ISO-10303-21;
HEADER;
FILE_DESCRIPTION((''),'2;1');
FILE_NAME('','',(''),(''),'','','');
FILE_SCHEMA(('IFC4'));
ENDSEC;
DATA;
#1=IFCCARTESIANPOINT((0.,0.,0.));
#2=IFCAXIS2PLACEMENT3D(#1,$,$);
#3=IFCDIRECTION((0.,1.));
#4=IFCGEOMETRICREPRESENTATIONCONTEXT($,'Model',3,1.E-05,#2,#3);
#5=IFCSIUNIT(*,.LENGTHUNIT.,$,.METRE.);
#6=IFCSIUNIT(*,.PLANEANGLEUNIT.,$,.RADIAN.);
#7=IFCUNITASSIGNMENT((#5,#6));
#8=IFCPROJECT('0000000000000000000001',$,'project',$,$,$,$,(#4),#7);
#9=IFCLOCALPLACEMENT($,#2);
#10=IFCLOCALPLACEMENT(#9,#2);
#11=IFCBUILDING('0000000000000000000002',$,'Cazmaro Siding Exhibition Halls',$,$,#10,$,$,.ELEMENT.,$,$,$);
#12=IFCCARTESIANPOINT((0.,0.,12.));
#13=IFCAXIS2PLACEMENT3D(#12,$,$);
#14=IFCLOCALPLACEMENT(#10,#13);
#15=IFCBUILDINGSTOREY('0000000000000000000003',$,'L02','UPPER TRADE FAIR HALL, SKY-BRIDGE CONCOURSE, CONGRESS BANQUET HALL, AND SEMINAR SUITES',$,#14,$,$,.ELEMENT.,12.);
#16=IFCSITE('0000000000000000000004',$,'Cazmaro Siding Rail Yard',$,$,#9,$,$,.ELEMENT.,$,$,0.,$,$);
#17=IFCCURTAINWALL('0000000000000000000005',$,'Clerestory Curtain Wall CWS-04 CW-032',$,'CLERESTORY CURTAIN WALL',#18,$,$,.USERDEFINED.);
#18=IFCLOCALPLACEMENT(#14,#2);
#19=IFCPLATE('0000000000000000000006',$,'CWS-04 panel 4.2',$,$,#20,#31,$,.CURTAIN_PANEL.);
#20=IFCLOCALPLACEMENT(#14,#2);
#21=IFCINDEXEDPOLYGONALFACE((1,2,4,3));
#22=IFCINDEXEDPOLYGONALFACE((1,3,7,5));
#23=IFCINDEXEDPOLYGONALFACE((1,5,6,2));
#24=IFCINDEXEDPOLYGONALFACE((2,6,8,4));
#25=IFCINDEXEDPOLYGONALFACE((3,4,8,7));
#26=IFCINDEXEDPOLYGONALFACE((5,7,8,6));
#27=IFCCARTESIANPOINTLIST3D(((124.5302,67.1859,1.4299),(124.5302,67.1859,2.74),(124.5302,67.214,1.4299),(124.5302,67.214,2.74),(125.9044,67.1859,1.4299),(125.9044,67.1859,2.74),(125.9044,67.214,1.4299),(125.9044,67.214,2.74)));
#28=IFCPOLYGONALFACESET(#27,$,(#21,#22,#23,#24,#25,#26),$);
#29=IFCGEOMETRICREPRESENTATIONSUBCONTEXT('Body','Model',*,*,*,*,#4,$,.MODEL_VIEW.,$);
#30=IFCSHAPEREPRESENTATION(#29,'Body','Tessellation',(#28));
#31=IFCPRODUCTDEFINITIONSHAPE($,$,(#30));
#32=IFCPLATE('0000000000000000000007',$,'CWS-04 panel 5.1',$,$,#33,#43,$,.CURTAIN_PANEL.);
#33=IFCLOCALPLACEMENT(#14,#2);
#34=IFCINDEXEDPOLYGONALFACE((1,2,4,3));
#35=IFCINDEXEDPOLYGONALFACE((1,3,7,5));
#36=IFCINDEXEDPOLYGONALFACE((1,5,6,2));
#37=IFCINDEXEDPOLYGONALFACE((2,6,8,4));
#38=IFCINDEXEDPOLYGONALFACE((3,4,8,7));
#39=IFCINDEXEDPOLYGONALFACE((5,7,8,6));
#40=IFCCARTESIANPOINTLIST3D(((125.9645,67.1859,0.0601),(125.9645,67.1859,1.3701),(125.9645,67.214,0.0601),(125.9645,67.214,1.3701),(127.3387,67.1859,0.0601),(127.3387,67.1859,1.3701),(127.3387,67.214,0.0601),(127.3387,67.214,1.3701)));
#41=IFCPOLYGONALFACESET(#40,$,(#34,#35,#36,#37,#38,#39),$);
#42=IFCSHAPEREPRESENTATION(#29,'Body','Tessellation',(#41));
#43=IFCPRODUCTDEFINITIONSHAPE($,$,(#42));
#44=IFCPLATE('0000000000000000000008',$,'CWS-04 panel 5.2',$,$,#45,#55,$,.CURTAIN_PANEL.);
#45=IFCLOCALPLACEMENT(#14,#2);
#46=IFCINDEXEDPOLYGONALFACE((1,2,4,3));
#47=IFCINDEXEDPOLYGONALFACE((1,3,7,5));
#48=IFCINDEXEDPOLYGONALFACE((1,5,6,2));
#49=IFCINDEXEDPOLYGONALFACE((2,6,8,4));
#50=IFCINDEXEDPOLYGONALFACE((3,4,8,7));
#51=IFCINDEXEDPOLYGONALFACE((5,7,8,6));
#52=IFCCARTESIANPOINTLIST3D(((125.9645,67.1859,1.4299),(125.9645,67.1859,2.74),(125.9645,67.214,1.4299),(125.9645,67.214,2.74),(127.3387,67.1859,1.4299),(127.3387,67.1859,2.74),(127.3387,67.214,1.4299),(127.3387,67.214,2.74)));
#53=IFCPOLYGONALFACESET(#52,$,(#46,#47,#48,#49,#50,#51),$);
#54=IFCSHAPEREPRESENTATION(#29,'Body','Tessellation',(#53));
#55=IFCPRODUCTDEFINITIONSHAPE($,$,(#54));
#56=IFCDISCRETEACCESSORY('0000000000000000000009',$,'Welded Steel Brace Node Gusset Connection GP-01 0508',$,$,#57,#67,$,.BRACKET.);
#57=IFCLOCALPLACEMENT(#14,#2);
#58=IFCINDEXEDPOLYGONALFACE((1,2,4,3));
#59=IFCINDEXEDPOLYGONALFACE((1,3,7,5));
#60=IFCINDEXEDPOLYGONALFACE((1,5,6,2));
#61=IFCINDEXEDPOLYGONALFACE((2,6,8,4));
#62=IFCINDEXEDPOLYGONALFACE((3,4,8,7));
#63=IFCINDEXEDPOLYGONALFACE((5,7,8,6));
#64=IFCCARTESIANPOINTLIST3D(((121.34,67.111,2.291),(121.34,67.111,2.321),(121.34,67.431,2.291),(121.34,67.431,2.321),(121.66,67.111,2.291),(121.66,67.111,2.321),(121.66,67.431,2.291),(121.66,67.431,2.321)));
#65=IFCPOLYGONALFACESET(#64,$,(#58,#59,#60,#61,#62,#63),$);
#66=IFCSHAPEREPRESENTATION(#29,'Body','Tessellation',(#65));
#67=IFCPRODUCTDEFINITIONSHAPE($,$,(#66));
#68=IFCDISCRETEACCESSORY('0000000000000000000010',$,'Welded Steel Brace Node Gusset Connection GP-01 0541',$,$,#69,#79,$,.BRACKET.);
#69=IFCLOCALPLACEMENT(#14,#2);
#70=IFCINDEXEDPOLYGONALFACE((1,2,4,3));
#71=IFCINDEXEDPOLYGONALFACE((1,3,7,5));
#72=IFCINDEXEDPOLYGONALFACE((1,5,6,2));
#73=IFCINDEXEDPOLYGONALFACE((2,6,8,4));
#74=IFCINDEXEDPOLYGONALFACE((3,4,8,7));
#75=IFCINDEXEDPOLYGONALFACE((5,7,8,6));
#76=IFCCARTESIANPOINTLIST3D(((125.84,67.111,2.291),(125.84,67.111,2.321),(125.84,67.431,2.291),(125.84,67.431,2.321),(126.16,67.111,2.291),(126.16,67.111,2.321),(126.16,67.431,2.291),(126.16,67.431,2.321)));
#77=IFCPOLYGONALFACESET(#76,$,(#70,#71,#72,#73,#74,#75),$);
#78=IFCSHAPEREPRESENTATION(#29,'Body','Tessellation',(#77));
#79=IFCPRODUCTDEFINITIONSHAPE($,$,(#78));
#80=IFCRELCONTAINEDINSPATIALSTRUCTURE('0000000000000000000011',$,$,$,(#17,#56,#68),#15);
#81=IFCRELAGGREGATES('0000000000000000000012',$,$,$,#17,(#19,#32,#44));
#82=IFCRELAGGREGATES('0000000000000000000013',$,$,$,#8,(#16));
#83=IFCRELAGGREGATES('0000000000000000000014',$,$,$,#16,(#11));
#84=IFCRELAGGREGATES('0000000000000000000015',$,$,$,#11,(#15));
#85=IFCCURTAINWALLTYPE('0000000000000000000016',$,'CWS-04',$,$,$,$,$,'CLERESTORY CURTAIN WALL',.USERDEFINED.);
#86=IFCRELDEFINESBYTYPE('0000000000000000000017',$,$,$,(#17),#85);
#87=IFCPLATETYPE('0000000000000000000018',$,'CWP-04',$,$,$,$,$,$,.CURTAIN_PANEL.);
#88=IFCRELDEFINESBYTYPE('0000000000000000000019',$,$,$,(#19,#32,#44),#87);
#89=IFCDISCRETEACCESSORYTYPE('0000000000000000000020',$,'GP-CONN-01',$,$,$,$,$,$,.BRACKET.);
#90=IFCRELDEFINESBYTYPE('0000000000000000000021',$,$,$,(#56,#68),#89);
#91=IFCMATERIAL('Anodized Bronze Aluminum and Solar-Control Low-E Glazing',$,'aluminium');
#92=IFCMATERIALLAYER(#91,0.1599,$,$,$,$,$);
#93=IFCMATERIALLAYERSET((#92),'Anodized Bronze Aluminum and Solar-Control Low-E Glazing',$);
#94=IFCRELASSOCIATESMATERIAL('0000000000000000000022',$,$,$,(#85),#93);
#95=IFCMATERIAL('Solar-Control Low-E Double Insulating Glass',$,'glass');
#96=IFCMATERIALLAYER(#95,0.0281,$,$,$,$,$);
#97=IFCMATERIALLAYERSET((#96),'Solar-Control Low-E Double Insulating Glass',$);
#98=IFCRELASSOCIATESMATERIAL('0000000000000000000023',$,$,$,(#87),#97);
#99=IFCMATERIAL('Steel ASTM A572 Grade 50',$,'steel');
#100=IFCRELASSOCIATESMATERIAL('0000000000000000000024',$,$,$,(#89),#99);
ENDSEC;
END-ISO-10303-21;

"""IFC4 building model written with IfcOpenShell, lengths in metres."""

from ifc_helpers import new_model, si_unit, direction, frame, origin, origin_2d, place, context, subcontext, project, spatial, rectangle, extrude, material, layer, layer_set, type_object, element, aggregate, save


model = new_model("IFC4")

# Units and contexts
model_context = context("Model", 3, precision=1e-05, world=origin(), true_north=direction((0.0, 1.0)))
body_context = subcontext(model_context, "Body", "Model", "MODEL_VIEW")
ifc_project = project(units=[si_unit("LENGTHUNIT", "METRE"), si_unit("PLANEANGLEUNIT", "RADIAN")], contexts=[model_context])

# Site, building, storey
site_placement = place(None, origin())
site = spatial("IfcSite", under=ifc_project, at=site_placement, Name="Cazmaro Siding Rail Yard", CompositionType="ELEMENT", RefElevation=0.0)
building_placement = place(site_placement, origin())
building = spatial("IfcBuilding", under=site, at=building_placement, Name="Cazmaro Siding Exhibition Halls", CompositionType="ELEMENT")
storey_placement = place(building_placement, frame((0.0, 0.0, 12.0)))
storey = spatial("IfcBuildingStorey", under=building, at=storey_placement, Name="L02", Description="UPPER TRADE FAIR HALL, SKY-BRIDGE CONCOURSE, CONGRESS BANQUET HALL, AND SEMINAR SUITES", CompositionType="ELEMENT", Elevation=12.0)

# Curtain wall
ifc_material_1 = material(Name="Anodized Bronze Aluminum and Solar-Control Low-E Glazing", Category="aluminium")
ifc_layer_1 = layer(ifc_material_1, 0.1599)
ifc_layer_set_1 = layer_set([ifc_layer_1], Name="Anodized Bronze Aluminum and Solar-Control Low-E Glazing")
curtain_wall_type = type_object("IfcCurtainWallType", Name="CWS-04", ElementType="CLERESTORY CURTAIN WALL", PredefinedType="USERDEFINED", material=ifc_layer_set_1)
curtain_wall_placement = place(storey_placement, origin())
curtain_wall = element("IfcCurtainWall", 1, at=curtain_wall_placement, inside=storey, type_object=curtain_wall_type, Name="Clerestory Curtain Wall CWS-04 CW-032", ObjectType="CLERESTORY CURTAIN WALL", PredefinedType="USERDEFINED")

# Plates
ifc_material_2 = material(Name="Solar-Control Low-E Double Insulating Glass", Category="glass")
ifc_layer_2 = layer(ifc_material_2, 0.0281)
ifc_layer_set_2 = layer_set([ifc_layer_2], Name="Solar-Control Low-E Double Insulating Glass")
plate_type = type_object("IfcPlateType", Name="CWP-04", PredefinedType="CURTAIN_PANEL", material=ifc_layer_set_2)
plate_1_placement = place(storey_placement, frame((125.2173, 67.2, 1.4299), z_axis=(0.0, 0.0, 1.0), x_axis=(1.0, 0.0, 0.0)))
plate_1 = element("IfcPlate", 2, at=plate_1_placement, type_object=plate_type, Name="CWS-04 panel 4.2", PredefinedType="CURTAIN_PANEL", context=body_context, shape_type="SweptSolid", body=[
    extrude(rectangle(XDim=1.3743, YDim=0.0281, at=origin_2d()), origin(), (0.0, 0.0, 1.0), 1.3101),
])
plate_2_placement = place(storey_placement, frame((126.6516, 67.2, 0.0601), z_axis=(0.0, 0.0, 1.0), x_axis=(1.0, 0.0, 0.0)))
plate_2 = element("IfcPlate", 3, at=plate_2_placement, type_object=plate_type, Name="CWS-04 panel 5.1", PredefinedType="CURTAIN_PANEL", context=body_context, shape_type="SweptSolid", body=[
    extrude(rectangle(XDim=1.3743, YDim=0.0281, at=origin_2d()), origin(), (0.0, 0.0, 1.0), 1.3101),
])
plate_3_placement = place(storey_placement, frame((126.6516, 67.2, 1.4299), z_axis=(0.0, 0.0, 1.0), x_axis=(1.0, 0.0, 0.0)))
plate_3 = element("IfcPlate", 4, at=plate_3_placement, type_object=plate_type, Name="CWS-04 panel 5.2", PredefinedType="CURTAIN_PANEL", context=body_context, shape_type="SweptSolid", body=[
    extrude(rectangle(XDim=1.3743, YDim=0.0281, at=origin_2d()), origin(), (0.0, 0.0, 1.0), 1.3101),
])
aggregate(curtain_wall, [plate_1, plate_2, plate_3])

# Discrete accessories
ifc_material_3 = material(Name="Steel ASTM A572 Grade 50", Category="steel")
discrete_accessory_type = type_object("IfcDiscreteAccessoryType", Name="GP-CONN-01", PredefinedType="BRACKET", material=ifc_material_3)
for number, where, z_axis, x_axis, name in (
    (5, (121.5, 67.271, 2.291), (0.0, 0.0, 1.0), (1.0, 0.0, 0.0), "Welded Steel Brace Node Gusset Connection GP-01 0508"),
    (6, (126.0, 67.271, 2.291), (0.0, 0.0, 1.0), (1.0, 0.0, 0.0), "Welded Steel Brace Node Gusset Connection GP-01 0541"),
):
    element("IfcDiscreteAccessory", number, at=place(storey_placement, frame(where, z_axis=z_axis, x_axis=x_axis)), inside=storey, type_object=discrete_accessory_type, Name=name, PredefinedType="BRACKET", context=body_context, shape_type="SweptSolid", body=[
        extrude(rectangle(XDim=0.3201, YDim=0.3201, at=origin_2d()), origin(), (0.0, 0.0, 1.0), 0.03),
    ])

save(model, "model.ifc")
